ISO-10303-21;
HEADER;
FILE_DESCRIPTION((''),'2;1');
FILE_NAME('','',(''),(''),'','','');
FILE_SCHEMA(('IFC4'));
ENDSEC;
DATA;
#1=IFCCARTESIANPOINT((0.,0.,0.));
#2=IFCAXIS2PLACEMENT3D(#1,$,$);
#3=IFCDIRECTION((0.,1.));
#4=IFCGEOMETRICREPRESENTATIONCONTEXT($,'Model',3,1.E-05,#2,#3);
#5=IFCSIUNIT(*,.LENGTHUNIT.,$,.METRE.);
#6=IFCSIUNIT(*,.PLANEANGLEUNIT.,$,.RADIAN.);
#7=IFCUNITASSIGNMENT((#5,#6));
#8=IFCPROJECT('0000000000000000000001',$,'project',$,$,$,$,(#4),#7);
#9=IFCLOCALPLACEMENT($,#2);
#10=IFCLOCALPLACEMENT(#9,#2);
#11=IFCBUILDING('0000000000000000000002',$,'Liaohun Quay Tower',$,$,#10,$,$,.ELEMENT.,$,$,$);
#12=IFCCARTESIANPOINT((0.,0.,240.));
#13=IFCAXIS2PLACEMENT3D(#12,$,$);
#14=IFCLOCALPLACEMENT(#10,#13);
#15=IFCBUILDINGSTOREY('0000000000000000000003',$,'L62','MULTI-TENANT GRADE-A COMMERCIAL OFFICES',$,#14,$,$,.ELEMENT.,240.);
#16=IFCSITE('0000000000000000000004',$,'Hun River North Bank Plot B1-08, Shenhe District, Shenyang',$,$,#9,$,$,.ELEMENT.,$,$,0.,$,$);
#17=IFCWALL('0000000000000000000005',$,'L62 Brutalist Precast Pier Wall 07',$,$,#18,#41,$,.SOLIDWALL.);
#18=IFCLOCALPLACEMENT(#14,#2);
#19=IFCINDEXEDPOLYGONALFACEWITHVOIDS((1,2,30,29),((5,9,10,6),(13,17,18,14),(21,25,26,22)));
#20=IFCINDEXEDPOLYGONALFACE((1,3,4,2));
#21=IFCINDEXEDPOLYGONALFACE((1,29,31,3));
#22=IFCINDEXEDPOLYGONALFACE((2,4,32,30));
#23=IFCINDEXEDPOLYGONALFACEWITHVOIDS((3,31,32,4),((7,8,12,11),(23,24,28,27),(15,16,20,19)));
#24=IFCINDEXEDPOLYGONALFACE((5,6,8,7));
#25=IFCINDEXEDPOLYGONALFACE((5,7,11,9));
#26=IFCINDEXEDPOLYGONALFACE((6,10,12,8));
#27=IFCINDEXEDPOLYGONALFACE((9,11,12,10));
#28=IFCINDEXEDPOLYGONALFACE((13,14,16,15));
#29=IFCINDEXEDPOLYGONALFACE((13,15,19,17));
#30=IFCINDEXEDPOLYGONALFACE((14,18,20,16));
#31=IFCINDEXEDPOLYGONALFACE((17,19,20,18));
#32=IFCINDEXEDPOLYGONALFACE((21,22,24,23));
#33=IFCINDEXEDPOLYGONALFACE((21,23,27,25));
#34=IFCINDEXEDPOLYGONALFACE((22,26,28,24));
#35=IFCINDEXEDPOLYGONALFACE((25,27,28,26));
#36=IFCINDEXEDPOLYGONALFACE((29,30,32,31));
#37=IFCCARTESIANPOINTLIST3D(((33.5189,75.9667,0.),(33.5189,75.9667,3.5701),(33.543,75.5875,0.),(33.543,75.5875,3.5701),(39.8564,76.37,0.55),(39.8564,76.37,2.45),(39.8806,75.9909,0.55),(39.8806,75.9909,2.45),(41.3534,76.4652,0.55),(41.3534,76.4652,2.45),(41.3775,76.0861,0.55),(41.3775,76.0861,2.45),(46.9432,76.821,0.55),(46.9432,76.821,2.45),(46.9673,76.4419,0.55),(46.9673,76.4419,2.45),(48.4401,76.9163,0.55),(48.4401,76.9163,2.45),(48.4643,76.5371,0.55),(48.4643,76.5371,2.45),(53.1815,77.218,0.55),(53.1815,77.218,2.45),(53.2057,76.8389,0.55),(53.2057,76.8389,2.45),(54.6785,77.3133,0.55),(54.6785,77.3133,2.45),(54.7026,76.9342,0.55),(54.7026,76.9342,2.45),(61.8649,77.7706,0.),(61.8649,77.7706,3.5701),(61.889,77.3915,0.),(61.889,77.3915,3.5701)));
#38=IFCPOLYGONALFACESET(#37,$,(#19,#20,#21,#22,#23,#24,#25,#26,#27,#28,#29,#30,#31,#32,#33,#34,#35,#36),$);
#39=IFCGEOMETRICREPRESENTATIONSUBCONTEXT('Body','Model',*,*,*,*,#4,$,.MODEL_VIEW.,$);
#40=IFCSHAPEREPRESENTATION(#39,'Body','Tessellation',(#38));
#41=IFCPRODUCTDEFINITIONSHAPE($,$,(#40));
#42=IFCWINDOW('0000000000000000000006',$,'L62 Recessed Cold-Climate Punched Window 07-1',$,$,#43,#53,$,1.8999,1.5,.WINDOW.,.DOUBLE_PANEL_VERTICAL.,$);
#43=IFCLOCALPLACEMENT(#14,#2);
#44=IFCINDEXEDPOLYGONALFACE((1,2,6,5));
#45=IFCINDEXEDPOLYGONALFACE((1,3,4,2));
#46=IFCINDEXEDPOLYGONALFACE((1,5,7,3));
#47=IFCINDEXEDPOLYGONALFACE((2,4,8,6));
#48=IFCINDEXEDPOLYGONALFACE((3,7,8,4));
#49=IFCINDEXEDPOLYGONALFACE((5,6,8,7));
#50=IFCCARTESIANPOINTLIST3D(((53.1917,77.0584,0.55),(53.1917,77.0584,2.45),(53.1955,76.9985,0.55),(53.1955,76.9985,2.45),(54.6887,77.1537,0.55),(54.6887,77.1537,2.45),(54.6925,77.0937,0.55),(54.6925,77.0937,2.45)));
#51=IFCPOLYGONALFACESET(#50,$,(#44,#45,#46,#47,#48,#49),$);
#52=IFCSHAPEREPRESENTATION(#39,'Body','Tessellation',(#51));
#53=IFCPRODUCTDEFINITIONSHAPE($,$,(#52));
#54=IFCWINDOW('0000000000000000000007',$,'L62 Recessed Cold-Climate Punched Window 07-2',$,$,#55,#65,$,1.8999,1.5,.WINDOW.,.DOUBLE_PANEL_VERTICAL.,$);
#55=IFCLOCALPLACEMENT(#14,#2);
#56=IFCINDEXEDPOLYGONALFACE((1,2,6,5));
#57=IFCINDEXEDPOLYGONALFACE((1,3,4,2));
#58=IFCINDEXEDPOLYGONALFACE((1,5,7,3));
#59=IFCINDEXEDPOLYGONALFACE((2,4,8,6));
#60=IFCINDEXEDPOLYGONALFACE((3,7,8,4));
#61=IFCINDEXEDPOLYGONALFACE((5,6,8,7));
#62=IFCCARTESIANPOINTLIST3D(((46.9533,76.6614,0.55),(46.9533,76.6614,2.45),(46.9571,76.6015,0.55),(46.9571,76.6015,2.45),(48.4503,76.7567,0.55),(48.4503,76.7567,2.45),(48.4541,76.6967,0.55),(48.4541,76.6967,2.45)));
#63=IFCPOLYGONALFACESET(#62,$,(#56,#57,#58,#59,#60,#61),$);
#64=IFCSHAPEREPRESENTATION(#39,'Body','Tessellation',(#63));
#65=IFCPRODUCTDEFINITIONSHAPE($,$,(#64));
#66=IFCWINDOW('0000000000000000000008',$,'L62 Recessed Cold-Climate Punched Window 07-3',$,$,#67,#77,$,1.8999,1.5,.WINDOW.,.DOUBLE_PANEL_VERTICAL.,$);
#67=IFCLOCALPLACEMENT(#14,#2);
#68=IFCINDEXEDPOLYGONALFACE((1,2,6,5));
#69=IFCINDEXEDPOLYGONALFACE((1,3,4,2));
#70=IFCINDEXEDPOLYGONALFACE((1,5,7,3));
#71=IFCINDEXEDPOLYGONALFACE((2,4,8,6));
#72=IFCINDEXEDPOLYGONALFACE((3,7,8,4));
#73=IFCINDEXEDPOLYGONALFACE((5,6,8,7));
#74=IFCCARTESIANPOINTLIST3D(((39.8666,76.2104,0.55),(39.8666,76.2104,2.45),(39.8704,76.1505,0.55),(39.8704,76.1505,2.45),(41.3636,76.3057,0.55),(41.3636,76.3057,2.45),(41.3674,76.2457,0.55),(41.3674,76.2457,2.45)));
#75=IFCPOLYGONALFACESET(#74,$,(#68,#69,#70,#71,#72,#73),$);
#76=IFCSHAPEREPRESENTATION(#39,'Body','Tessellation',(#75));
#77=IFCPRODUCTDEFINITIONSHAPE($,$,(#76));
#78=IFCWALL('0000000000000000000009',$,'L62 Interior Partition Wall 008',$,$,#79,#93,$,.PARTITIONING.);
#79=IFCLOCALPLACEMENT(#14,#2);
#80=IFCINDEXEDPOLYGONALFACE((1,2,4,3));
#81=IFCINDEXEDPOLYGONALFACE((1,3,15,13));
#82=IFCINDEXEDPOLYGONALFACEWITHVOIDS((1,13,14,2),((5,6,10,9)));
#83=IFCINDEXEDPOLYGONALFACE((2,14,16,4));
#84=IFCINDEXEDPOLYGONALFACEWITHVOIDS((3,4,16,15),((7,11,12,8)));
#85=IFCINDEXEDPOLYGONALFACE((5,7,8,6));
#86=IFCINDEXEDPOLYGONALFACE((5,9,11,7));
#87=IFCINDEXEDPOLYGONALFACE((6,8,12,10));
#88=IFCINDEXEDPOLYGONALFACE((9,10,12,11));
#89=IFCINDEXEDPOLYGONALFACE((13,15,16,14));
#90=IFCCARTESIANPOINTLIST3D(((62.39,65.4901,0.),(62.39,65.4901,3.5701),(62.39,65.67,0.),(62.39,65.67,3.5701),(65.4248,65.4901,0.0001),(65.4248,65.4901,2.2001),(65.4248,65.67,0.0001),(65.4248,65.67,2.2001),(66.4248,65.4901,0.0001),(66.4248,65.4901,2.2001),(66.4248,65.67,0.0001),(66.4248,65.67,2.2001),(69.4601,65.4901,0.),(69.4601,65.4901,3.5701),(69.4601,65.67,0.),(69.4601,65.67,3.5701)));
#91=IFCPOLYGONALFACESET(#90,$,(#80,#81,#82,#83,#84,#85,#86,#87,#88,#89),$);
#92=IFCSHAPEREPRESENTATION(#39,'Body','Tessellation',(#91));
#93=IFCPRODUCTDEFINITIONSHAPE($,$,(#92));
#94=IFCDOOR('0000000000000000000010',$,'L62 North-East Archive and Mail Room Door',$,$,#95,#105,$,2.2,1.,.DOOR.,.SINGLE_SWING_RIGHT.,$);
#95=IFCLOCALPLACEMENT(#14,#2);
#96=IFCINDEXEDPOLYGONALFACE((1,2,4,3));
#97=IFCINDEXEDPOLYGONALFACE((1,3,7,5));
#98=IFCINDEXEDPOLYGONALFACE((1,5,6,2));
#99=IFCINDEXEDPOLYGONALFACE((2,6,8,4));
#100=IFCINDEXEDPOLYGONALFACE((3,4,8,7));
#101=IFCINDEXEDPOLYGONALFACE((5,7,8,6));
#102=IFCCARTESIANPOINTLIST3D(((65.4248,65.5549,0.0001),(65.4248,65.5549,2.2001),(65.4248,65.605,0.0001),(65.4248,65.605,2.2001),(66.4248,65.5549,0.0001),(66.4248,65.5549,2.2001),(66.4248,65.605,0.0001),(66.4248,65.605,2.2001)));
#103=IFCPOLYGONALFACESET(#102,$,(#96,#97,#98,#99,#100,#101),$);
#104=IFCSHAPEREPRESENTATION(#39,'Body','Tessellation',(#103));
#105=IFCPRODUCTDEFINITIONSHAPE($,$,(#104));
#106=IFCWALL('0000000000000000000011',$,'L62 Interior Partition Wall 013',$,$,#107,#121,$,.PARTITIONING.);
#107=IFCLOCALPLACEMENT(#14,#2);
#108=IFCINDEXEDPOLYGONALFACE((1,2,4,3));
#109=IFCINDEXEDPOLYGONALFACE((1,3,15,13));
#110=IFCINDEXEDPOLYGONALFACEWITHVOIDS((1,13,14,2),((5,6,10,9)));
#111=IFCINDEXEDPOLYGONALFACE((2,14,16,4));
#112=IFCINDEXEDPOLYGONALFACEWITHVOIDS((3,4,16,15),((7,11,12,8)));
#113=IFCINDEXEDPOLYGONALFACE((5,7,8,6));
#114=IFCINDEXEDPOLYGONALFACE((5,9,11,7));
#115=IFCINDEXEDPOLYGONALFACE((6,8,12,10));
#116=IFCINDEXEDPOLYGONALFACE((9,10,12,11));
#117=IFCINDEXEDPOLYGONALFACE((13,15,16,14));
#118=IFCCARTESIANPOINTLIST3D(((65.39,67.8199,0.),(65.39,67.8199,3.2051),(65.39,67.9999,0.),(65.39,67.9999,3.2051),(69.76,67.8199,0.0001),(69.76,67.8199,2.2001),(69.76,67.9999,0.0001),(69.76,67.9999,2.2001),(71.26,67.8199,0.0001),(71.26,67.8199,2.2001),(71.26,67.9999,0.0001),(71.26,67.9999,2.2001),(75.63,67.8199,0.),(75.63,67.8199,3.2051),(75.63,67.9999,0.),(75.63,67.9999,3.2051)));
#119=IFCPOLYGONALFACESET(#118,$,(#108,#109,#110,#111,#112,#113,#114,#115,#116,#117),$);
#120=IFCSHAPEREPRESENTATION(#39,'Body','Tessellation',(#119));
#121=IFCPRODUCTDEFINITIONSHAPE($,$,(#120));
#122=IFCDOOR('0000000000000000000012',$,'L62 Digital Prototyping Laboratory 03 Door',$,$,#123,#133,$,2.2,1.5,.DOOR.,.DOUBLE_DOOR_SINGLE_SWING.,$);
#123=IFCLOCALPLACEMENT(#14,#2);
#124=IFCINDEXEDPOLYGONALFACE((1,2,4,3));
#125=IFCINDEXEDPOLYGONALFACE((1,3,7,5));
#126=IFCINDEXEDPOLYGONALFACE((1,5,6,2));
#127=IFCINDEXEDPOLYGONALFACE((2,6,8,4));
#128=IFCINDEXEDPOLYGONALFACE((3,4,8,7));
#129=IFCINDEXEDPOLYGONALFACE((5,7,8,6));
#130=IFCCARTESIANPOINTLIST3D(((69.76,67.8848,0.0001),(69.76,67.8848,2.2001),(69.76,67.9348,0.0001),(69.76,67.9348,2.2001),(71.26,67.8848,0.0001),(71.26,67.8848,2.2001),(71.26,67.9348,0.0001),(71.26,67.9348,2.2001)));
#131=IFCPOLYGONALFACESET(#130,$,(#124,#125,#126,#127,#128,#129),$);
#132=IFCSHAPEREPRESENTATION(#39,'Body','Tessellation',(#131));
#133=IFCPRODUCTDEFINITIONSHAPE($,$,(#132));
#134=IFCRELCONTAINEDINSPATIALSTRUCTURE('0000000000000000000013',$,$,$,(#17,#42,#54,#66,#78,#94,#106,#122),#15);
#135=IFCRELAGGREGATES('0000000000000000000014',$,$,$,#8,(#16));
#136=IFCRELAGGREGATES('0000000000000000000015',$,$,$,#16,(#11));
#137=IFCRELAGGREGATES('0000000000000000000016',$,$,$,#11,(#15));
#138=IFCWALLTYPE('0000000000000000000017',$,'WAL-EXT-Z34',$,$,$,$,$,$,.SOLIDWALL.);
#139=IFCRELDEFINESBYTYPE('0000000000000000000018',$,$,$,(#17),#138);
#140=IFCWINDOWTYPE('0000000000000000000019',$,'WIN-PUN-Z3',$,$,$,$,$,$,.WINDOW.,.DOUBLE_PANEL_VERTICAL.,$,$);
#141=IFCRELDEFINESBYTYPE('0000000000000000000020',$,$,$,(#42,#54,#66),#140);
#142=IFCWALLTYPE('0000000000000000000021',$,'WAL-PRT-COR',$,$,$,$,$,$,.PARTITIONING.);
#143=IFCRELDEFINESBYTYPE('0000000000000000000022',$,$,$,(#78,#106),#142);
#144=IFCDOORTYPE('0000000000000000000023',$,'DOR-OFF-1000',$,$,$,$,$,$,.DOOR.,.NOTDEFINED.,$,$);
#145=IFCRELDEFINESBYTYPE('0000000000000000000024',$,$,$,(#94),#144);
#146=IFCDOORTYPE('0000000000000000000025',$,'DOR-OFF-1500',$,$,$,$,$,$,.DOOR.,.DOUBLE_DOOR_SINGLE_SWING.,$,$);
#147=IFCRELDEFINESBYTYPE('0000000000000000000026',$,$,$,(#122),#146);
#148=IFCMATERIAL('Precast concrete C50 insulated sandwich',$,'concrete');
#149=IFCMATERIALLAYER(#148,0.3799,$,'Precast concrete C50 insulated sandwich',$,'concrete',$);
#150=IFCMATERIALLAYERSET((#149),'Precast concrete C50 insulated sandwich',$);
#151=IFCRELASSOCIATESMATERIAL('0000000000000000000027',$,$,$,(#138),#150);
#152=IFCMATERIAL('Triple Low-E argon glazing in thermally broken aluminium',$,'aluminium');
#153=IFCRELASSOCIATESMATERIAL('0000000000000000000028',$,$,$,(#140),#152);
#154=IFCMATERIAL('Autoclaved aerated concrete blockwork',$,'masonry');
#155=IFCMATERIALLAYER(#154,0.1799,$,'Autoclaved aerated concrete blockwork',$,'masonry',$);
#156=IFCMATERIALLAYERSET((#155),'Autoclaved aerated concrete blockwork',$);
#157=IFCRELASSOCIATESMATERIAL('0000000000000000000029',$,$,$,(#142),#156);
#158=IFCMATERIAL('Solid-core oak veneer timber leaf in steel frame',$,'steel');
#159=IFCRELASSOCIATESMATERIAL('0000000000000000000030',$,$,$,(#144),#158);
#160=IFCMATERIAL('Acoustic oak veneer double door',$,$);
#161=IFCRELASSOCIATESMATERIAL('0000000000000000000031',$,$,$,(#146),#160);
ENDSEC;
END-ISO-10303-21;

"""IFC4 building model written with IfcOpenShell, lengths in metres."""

from ifc_helpers import new_model, si_unit, direction, frame, frame_2d, origin, place, context, subcontext, project, spatial, rectangle, extrude, source, transform, mapped, material, layer, layer_set, type_object, element, fill, save


model = new_model("IFC4")

# Units and contexts
model_context = context("Model", 3, precision=1e-05, world=origin(), true_north=direction((0.0, 1.0)))
body_context = subcontext(model_context, "Body", "Model", "MODEL_VIEW")
ifc_project = project(units=[si_unit("LENGTHUNIT", "METRE"), si_unit("PLANEANGLEUNIT", "RADIAN")], contexts=[model_context])

# Site, building, storey
site_placement = place(None, origin())
site = spatial("IfcSite", under=ifc_project, at=site_placement, Name="Hun River North Bank Plot B1-08, Shenhe District, Shenyang", CompositionType="ELEMENT", RefElevation=0.0)
building_placement = place(site_placement, origin())
building = spatial("IfcBuilding", under=site, at=building_placement, Name="Liaohun Quay Tower", CompositionType="ELEMENT")
storey_placement = place(building_placement, frame((0.0, 0.0, 240.0)))
storey = spatial("IfcBuildingStorey", under=building, at=storey_placement, Name="L62", Description="MULTI-TENANT GRADE-A COMMERCIAL OFFICES", CompositionType="ELEMENT", Elevation=240.0)

# Wall, openings, windows
ifc_material_1 = material(Name="Precast concrete C50 insulated sandwich", Category="concrete")
ifc_layer_1 = layer(ifc_material_1, 0.3799, Name="Precast concrete C50 insulated sandwich", Category="concrete")
ifc_layer_set_1 = layer_set([ifc_layer_1], Name="Precast concrete C50 insulated sandwich")
wall_type_1 = type_object("IfcWallType", Name="WAL-EXT-Z34", PredefinedType="SOLIDWALL", material=ifc_layer_set_1)
wall_1_placement = place(storey_placement, frame((61.877, 77.5811, 0.0), z_axis=(0.0, 0.0, 1.0), x_axis=(-0.997981, -0.063512, 0.0)))
wall_1 = element("IfcWall", 1, at=wall_1_placement, inside=storey, type_object=wall_type_1, Name="L62 Brutalist Precast Pier Wall 07", PredefinedType="SOLIDWALL", context=body_context, shape_type="SweptSolid", body=[
    extrude(rectangle(XDim=28.4033, YDim=0.3799, at=frame_2d((14.2017, 0.0))), origin(), (0.0, 0.0, 1.0), 3.5701),
])
shared_shape_1 = source(origin(), body_context, "Body", "SweptSolid", [
    extrude(rectangle(XDim=1.5, YDim=1.8999, at=frame_2d((0.75, 0.95))), frame((0.0, 0.2, 0.0), z_axis=(0.0, -1.0, 0.0), x_axis=(1.0, 0.0, 0.0)), (0.0, 0.0, 1.0), 0.3999),
])
opening_1_placement = place(wall_1_placement, frame((7.2009, 0.0, 0.55)))
opening_1 = element("IfcOpeningElement", 2, at=opening_1_placement, cuts=wall_1, PredefinedType="OPENING", context=body_context, shape_type="MappedRepresentation", body=[
    mapped(shared_shape_1, transform((0.0, 0.0, 0.0), x_axis=(1.0, 0.0, 0.0), y_axis=(0.0, 1.0, 0.0), z_axis=(0.0, 0.0, 1.0), scale=1.0)),
])
opening_2_placement = place(wall_1_placement, frame((13.4519, 0.0, 0.55)))
opening_2 = element("IfcOpeningElement", 3, at=opening_2_placement, cuts=wall_1, PredefinedType="OPENING", context=body_context, shape_type="MappedRepresentation", body=[
    mapped(shared_shape_1, transform((0.0, 0.0, 0.0), x_axis=(1.0, 0.0, 0.0), y_axis=(0.0, 1.0, 0.0), z_axis=(0.0, 0.0, 1.0), scale=1.0)),
])
opening_3_placement = place(wall_1_placement, frame((20.553, 0.0, 0.55)))
opening_3 = element("IfcOpeningElement", 4, at=opening_3_placement, cuts=wall_1, PredefinedType="OPENING", context=body_context, shape_type="MappedRepresentation", body=[
    mapped(shared_shape_1, transform((0.0, 0.0, 0.0), x_axis=(1.0, 0.0, 0.0), y_axis=(0.0, 1.0, 0.0), z_axis=(0.0, 0.0, 1.0), scale=1.0)),
])
ifc_material_2 = material(Name="Triple Low-E argon glazing in thermally broken aluminium", Category="aluminium")
window_type = type_object("IfcWindowType", Name="WIN-PUN-Z3", PartitioningType="DOUBLE_PANEL_VERTICAL", PredefinedType="WINDOW", material=ifc_material_2)
shared_shape_2 = source(origin(), body_context, "Body", "SweptSolid", [
    extrude(rectangle(XDim=1.5, YDim=1.8999, at=frame_2d((0.75, 0.95))), frame((0.0, 0.03, 0.0), z_axis=(0.0, -1.0, 0.0), x_axis=(1.0, 0.0, 0.0)), (0.0, 0.0, 1.0), 0.0601),
])
window_1_placement = place(opening_1_placement, origin())
window_1 = element("IfcWindow", 5, at=window_1_placement, inside=storey, type_object=window_type, Name="L62 Recessed Cold-Climate Punched Window 07-1", OverallHeight=1.8999, OverallWidth=1.5, PartitioningType="DOUBLE_PANEL_VERTICAL", PredefinedType="WINDOW", context=body_context, shape_type="MappedRepresentation", body=[
    mapped(shared_shape_2, transform((0.0, 0.0, 0.0), x_axis=(1.0, 0.0, 0.0), y_axis=(0.0, 1.0, 0.0), z_axis=(0.0, 0.0, 1.0), scale=1.0)),
])
fill(opening_1, window_1)
window_2_placement = place(opening_2_placement, origin())
window_2 = element("IfcWindow", 6, at=window_2_placement, inside=storey, type_object=window_type, Name="L62 Recessed Cold-Climate Punched Window 07-2", OverallHeight=1.8999, OverallWidth=1.5, PartitioningType="DOUBLE_PANEL_VERTICAL", PredefinedType="WINDOW", context=body_context, shape_type="MappedRepresentation", body=[
    mapped(shared_shape_2, transform((0.0, 0.0, 0.0), x_axis=(1.0, 0.0, 0.0), y_axis=(0.0, 1.0, 0.0), z_axis=(0.0, 0.0, 1.0), scale=1.0)),
])
fill(opening_2, window_2)
window_3_placement = place(opening_3_placement, origin())
window_3 = element("IfcWindow", 7, at=window_3_placement, inside=storey, type_object=window_type, Name="L62 Recessed Cold-Climate Punched Window 07-3", OverallHeight=1.8999, OverallWidth=1.5, PartitioningType="DOUBLE_PANEL_VERTICAL", PredefinedType="WINDOW", context=body_context, shape_type="MappedRepresentation", body=[
    mapped(shared_shape_2, transform((0.0, 0.0, 0.0), x_axis=(1.0, 0.0, 0.0), y_axis=(0.0, 1.0, 0.0), z_axis=(0.0, 0.0, 1.0), scale=1.0)),
])
fill(opening_3, window_3)

# Walls, openings, doors
ifc_material_3 = material(Name="Autoclaved aerated concrete blockwork", Category="masonry")
ifc_layer_2 = layer(ifc_material_3, 0.1799, Name="Autoclaved aerated concrete blockwork", Category="masonry")
ifc_layer_set_2 = layer_set([ifc_layer_2], Name="Autoclaved aerated concrete blockwork")
wall_type_2 = type_object("IfcWallType", Name="WAL-PRT-COR", PredefinedType="PARTITIONING", material=ifc_layer_set_2)
wall_2_placement = place(storey_placement, frame((62.3899, 65.5801, 0.0), z_axis=(0.0, 0.0, 1.0), x_axis=(1.0, 0.0, 0.0)))
wall_2 = element("IfcWall", 8, at=wall_2_placement, inside=storey, type_object=wall_type_2, Name="L62 Interior Partition Wall 008", PredefinedType="PARTITIONING", context=body_context, shape_type="SweptSolid", body=[
    extrude(rectangle(XDim=7.0701, YDim=0.1799, at=frame_2d((3.5352, 0.0))), origin(), (0.0, 0.0, 1.0), 3.5701),
])
shared_shape_3 = source(origin(), body_context, "Body", "SweptSolid", [
    extrude(rectangle(XDim=1.0, YDim=2.2, at=frame_2d((0.5, 1.1001))), frame((0.0, 0.0999, 0.0), z_axis=(0.0, -1.0, 0.0), x_axis=(1.0, 0.0, 0.0)), (0.0, 0.0, 1.0), 0.2),
])
opening_4_placement = place(wall_2_placement, frame((3.0349, 0.0, 0.0)))
opening_4 = element("IfcOpeningElement", 9, at=opening_4_placement, cuts=wall_2, PredefinedType="OPENING", context=body_context, shape_type="MappedRepresentation", body=[
    mapped(shared_shape_3, transform((0.0, 0.0, 0.0), x_axis=(1.0, 0.0, 0.0), y_axis=(0.0, 1.0, 0.0), z_axis=(0.0, 0.0, 1.0), scale=1.0)),
])
ifc_material_4 = material(Name="Solid-core oak veneer timber leaf in steel frame", Category="steel")
door_type_1 = type_object("IfcDoorType", Name="DOR-OFF-1000", OperationType="NOTDEFINED", PredefinedType="DOOR", material=ifc_material_4)
shared_shape_4 = source(origin(), body_context, "Body", "SweptSolid", [
    extrude(rectangle(XDim=1.0, YDim=2.2, at=frame_2d((0.5, 1.1001))), frame((0.0, 0.0249, 0.0), z_axis=(0.0, -1.0, 0.0), x_axis=(1.0, 0.0, 0.0)), (0.0, 0.0, 1.0), 0.05),
])
door_1_placement = place(opening_4_placement, origin())
door_1 = element("IfcDoor", 10, at=door_1_placement, inside=storey, type_object=door_type_1, Name="L62 North-East Archive and Mail Room Door", OperationType="SINGLE_SWING_RIGHT", OverallHeight=2.2, OverallWidth=1.0, PredefinedType="DOOR", context=body_context, shape_type="MappedRepresentation", body=[
    mapped(shared_shape_4, transform((0.0, 0.0, 0.0), x_axis=(1.0, 0.0, 0.0), y_axis=(0.0, 1.0, 0.0), z_axis=(0.0, 0.0, 1.0), scale=1.0)),
])
fill(opening_4, door_1)
wall_3_placement = place(storey_placement, frame((65.3899, 67.9099, 0.0), z_axis=(0.0, 0.0, 1.0), x_axis=(1.0, 0.0, 0.0)))
wall_3 = element("IfcWall", 11, at=wall_3_placement, inside=storey, type_object=wall_type_2, Name="L62 Interior Partition Wall 013", PredefinedType="PARTITIONING", context=body_context, shape_type="SweptSolid", body=[
    extrude(rectangle(XDim=10.24, YDim=0.1799, at=frame_2d((5.1201, 0.0))), origin(), (0.0, 0.0, 1.0), 3.2051),
])
shared_shape_5 = source(origin(), body_context, "Body", "SweptSolid", [
    extrude(rectangle(XDim=1.5, YDim=2.2, at=frame_2d((0.75, 1.1001))), frame((0.0, 0.0999, 0.0), z_axis=(0.0, -1.0, 0.0), x_axis=(1.0, 0.0, 0.0)), (0.0, 0.0, 1.0), 0.2),
])
opening_5_placement = place(wall_3_placement, frame((4.3701, 0.0, 0.0)))
opening_5 = element("IfcOpeningElement", 12, at=opening_5_placement, cuts=wall_3, PredefinedType="OPENING", context=body_context, shape_type="MappedRepresentation", body=[
    mapped(shared_shape_5, transform((0.0, 0.0, 0.0), x_axis=(1.0, 0.0, 0.0), y_axis=(0.0, 1.0, 0.0), z_axis=(0.0, 0.0, 1.0), scale=1.0)),
])
ifc_material_5 = material(Name="Acoustic oak veneer double door")
door_type_2 = type_object("IfcDoorType", Name="DOR-OFF-1500", OperationType="DOUBLE_DOOR_SINGLE_SWING", PredefinedType="DOOR", material=ifc_material_5)
shared_shape_6 = source(origin(), body_context, "Body", "SweptSolid", [
    extrude(rectangle(XDim=1.5, YDim=2.2, at=frame_2d((0.75, 1.1001))), frame((0.0, 0.0249, 0.0), z_axis=(0.0, -1.0, 0.0), x_axis=(1.0, 0.0, 0.0)), (0.0, 0.0, 1.0), 0.05),
])
door_2_placement = place(opening_5_placement, origin())
door_2 = element("IfcDoor", 13, at=door_2_placement, inside=storey, type_object=door_type_2, Name="L62 Digital Prototyping Laboratory 03 Door", OperationType="DOUBLE_DOOR_SINGLE_SWING", OverallHeight=2.2, OverallWidth=1.5, PredefinedType="DOOR", context=body_context, shape_type="MappedRepresentation", body=[
    mapped(shared_shape_6, transform((0.0, 0.0, 0.0), x_axis=(1.0, 0.0, 0.0), y_axis=(0.0, 1.0, 0.0), z_axis=(0.0, 0.0, 1.0), scale=1.0)),
])
fill(opening_5, door_2)

save(model, "model.ifc")
